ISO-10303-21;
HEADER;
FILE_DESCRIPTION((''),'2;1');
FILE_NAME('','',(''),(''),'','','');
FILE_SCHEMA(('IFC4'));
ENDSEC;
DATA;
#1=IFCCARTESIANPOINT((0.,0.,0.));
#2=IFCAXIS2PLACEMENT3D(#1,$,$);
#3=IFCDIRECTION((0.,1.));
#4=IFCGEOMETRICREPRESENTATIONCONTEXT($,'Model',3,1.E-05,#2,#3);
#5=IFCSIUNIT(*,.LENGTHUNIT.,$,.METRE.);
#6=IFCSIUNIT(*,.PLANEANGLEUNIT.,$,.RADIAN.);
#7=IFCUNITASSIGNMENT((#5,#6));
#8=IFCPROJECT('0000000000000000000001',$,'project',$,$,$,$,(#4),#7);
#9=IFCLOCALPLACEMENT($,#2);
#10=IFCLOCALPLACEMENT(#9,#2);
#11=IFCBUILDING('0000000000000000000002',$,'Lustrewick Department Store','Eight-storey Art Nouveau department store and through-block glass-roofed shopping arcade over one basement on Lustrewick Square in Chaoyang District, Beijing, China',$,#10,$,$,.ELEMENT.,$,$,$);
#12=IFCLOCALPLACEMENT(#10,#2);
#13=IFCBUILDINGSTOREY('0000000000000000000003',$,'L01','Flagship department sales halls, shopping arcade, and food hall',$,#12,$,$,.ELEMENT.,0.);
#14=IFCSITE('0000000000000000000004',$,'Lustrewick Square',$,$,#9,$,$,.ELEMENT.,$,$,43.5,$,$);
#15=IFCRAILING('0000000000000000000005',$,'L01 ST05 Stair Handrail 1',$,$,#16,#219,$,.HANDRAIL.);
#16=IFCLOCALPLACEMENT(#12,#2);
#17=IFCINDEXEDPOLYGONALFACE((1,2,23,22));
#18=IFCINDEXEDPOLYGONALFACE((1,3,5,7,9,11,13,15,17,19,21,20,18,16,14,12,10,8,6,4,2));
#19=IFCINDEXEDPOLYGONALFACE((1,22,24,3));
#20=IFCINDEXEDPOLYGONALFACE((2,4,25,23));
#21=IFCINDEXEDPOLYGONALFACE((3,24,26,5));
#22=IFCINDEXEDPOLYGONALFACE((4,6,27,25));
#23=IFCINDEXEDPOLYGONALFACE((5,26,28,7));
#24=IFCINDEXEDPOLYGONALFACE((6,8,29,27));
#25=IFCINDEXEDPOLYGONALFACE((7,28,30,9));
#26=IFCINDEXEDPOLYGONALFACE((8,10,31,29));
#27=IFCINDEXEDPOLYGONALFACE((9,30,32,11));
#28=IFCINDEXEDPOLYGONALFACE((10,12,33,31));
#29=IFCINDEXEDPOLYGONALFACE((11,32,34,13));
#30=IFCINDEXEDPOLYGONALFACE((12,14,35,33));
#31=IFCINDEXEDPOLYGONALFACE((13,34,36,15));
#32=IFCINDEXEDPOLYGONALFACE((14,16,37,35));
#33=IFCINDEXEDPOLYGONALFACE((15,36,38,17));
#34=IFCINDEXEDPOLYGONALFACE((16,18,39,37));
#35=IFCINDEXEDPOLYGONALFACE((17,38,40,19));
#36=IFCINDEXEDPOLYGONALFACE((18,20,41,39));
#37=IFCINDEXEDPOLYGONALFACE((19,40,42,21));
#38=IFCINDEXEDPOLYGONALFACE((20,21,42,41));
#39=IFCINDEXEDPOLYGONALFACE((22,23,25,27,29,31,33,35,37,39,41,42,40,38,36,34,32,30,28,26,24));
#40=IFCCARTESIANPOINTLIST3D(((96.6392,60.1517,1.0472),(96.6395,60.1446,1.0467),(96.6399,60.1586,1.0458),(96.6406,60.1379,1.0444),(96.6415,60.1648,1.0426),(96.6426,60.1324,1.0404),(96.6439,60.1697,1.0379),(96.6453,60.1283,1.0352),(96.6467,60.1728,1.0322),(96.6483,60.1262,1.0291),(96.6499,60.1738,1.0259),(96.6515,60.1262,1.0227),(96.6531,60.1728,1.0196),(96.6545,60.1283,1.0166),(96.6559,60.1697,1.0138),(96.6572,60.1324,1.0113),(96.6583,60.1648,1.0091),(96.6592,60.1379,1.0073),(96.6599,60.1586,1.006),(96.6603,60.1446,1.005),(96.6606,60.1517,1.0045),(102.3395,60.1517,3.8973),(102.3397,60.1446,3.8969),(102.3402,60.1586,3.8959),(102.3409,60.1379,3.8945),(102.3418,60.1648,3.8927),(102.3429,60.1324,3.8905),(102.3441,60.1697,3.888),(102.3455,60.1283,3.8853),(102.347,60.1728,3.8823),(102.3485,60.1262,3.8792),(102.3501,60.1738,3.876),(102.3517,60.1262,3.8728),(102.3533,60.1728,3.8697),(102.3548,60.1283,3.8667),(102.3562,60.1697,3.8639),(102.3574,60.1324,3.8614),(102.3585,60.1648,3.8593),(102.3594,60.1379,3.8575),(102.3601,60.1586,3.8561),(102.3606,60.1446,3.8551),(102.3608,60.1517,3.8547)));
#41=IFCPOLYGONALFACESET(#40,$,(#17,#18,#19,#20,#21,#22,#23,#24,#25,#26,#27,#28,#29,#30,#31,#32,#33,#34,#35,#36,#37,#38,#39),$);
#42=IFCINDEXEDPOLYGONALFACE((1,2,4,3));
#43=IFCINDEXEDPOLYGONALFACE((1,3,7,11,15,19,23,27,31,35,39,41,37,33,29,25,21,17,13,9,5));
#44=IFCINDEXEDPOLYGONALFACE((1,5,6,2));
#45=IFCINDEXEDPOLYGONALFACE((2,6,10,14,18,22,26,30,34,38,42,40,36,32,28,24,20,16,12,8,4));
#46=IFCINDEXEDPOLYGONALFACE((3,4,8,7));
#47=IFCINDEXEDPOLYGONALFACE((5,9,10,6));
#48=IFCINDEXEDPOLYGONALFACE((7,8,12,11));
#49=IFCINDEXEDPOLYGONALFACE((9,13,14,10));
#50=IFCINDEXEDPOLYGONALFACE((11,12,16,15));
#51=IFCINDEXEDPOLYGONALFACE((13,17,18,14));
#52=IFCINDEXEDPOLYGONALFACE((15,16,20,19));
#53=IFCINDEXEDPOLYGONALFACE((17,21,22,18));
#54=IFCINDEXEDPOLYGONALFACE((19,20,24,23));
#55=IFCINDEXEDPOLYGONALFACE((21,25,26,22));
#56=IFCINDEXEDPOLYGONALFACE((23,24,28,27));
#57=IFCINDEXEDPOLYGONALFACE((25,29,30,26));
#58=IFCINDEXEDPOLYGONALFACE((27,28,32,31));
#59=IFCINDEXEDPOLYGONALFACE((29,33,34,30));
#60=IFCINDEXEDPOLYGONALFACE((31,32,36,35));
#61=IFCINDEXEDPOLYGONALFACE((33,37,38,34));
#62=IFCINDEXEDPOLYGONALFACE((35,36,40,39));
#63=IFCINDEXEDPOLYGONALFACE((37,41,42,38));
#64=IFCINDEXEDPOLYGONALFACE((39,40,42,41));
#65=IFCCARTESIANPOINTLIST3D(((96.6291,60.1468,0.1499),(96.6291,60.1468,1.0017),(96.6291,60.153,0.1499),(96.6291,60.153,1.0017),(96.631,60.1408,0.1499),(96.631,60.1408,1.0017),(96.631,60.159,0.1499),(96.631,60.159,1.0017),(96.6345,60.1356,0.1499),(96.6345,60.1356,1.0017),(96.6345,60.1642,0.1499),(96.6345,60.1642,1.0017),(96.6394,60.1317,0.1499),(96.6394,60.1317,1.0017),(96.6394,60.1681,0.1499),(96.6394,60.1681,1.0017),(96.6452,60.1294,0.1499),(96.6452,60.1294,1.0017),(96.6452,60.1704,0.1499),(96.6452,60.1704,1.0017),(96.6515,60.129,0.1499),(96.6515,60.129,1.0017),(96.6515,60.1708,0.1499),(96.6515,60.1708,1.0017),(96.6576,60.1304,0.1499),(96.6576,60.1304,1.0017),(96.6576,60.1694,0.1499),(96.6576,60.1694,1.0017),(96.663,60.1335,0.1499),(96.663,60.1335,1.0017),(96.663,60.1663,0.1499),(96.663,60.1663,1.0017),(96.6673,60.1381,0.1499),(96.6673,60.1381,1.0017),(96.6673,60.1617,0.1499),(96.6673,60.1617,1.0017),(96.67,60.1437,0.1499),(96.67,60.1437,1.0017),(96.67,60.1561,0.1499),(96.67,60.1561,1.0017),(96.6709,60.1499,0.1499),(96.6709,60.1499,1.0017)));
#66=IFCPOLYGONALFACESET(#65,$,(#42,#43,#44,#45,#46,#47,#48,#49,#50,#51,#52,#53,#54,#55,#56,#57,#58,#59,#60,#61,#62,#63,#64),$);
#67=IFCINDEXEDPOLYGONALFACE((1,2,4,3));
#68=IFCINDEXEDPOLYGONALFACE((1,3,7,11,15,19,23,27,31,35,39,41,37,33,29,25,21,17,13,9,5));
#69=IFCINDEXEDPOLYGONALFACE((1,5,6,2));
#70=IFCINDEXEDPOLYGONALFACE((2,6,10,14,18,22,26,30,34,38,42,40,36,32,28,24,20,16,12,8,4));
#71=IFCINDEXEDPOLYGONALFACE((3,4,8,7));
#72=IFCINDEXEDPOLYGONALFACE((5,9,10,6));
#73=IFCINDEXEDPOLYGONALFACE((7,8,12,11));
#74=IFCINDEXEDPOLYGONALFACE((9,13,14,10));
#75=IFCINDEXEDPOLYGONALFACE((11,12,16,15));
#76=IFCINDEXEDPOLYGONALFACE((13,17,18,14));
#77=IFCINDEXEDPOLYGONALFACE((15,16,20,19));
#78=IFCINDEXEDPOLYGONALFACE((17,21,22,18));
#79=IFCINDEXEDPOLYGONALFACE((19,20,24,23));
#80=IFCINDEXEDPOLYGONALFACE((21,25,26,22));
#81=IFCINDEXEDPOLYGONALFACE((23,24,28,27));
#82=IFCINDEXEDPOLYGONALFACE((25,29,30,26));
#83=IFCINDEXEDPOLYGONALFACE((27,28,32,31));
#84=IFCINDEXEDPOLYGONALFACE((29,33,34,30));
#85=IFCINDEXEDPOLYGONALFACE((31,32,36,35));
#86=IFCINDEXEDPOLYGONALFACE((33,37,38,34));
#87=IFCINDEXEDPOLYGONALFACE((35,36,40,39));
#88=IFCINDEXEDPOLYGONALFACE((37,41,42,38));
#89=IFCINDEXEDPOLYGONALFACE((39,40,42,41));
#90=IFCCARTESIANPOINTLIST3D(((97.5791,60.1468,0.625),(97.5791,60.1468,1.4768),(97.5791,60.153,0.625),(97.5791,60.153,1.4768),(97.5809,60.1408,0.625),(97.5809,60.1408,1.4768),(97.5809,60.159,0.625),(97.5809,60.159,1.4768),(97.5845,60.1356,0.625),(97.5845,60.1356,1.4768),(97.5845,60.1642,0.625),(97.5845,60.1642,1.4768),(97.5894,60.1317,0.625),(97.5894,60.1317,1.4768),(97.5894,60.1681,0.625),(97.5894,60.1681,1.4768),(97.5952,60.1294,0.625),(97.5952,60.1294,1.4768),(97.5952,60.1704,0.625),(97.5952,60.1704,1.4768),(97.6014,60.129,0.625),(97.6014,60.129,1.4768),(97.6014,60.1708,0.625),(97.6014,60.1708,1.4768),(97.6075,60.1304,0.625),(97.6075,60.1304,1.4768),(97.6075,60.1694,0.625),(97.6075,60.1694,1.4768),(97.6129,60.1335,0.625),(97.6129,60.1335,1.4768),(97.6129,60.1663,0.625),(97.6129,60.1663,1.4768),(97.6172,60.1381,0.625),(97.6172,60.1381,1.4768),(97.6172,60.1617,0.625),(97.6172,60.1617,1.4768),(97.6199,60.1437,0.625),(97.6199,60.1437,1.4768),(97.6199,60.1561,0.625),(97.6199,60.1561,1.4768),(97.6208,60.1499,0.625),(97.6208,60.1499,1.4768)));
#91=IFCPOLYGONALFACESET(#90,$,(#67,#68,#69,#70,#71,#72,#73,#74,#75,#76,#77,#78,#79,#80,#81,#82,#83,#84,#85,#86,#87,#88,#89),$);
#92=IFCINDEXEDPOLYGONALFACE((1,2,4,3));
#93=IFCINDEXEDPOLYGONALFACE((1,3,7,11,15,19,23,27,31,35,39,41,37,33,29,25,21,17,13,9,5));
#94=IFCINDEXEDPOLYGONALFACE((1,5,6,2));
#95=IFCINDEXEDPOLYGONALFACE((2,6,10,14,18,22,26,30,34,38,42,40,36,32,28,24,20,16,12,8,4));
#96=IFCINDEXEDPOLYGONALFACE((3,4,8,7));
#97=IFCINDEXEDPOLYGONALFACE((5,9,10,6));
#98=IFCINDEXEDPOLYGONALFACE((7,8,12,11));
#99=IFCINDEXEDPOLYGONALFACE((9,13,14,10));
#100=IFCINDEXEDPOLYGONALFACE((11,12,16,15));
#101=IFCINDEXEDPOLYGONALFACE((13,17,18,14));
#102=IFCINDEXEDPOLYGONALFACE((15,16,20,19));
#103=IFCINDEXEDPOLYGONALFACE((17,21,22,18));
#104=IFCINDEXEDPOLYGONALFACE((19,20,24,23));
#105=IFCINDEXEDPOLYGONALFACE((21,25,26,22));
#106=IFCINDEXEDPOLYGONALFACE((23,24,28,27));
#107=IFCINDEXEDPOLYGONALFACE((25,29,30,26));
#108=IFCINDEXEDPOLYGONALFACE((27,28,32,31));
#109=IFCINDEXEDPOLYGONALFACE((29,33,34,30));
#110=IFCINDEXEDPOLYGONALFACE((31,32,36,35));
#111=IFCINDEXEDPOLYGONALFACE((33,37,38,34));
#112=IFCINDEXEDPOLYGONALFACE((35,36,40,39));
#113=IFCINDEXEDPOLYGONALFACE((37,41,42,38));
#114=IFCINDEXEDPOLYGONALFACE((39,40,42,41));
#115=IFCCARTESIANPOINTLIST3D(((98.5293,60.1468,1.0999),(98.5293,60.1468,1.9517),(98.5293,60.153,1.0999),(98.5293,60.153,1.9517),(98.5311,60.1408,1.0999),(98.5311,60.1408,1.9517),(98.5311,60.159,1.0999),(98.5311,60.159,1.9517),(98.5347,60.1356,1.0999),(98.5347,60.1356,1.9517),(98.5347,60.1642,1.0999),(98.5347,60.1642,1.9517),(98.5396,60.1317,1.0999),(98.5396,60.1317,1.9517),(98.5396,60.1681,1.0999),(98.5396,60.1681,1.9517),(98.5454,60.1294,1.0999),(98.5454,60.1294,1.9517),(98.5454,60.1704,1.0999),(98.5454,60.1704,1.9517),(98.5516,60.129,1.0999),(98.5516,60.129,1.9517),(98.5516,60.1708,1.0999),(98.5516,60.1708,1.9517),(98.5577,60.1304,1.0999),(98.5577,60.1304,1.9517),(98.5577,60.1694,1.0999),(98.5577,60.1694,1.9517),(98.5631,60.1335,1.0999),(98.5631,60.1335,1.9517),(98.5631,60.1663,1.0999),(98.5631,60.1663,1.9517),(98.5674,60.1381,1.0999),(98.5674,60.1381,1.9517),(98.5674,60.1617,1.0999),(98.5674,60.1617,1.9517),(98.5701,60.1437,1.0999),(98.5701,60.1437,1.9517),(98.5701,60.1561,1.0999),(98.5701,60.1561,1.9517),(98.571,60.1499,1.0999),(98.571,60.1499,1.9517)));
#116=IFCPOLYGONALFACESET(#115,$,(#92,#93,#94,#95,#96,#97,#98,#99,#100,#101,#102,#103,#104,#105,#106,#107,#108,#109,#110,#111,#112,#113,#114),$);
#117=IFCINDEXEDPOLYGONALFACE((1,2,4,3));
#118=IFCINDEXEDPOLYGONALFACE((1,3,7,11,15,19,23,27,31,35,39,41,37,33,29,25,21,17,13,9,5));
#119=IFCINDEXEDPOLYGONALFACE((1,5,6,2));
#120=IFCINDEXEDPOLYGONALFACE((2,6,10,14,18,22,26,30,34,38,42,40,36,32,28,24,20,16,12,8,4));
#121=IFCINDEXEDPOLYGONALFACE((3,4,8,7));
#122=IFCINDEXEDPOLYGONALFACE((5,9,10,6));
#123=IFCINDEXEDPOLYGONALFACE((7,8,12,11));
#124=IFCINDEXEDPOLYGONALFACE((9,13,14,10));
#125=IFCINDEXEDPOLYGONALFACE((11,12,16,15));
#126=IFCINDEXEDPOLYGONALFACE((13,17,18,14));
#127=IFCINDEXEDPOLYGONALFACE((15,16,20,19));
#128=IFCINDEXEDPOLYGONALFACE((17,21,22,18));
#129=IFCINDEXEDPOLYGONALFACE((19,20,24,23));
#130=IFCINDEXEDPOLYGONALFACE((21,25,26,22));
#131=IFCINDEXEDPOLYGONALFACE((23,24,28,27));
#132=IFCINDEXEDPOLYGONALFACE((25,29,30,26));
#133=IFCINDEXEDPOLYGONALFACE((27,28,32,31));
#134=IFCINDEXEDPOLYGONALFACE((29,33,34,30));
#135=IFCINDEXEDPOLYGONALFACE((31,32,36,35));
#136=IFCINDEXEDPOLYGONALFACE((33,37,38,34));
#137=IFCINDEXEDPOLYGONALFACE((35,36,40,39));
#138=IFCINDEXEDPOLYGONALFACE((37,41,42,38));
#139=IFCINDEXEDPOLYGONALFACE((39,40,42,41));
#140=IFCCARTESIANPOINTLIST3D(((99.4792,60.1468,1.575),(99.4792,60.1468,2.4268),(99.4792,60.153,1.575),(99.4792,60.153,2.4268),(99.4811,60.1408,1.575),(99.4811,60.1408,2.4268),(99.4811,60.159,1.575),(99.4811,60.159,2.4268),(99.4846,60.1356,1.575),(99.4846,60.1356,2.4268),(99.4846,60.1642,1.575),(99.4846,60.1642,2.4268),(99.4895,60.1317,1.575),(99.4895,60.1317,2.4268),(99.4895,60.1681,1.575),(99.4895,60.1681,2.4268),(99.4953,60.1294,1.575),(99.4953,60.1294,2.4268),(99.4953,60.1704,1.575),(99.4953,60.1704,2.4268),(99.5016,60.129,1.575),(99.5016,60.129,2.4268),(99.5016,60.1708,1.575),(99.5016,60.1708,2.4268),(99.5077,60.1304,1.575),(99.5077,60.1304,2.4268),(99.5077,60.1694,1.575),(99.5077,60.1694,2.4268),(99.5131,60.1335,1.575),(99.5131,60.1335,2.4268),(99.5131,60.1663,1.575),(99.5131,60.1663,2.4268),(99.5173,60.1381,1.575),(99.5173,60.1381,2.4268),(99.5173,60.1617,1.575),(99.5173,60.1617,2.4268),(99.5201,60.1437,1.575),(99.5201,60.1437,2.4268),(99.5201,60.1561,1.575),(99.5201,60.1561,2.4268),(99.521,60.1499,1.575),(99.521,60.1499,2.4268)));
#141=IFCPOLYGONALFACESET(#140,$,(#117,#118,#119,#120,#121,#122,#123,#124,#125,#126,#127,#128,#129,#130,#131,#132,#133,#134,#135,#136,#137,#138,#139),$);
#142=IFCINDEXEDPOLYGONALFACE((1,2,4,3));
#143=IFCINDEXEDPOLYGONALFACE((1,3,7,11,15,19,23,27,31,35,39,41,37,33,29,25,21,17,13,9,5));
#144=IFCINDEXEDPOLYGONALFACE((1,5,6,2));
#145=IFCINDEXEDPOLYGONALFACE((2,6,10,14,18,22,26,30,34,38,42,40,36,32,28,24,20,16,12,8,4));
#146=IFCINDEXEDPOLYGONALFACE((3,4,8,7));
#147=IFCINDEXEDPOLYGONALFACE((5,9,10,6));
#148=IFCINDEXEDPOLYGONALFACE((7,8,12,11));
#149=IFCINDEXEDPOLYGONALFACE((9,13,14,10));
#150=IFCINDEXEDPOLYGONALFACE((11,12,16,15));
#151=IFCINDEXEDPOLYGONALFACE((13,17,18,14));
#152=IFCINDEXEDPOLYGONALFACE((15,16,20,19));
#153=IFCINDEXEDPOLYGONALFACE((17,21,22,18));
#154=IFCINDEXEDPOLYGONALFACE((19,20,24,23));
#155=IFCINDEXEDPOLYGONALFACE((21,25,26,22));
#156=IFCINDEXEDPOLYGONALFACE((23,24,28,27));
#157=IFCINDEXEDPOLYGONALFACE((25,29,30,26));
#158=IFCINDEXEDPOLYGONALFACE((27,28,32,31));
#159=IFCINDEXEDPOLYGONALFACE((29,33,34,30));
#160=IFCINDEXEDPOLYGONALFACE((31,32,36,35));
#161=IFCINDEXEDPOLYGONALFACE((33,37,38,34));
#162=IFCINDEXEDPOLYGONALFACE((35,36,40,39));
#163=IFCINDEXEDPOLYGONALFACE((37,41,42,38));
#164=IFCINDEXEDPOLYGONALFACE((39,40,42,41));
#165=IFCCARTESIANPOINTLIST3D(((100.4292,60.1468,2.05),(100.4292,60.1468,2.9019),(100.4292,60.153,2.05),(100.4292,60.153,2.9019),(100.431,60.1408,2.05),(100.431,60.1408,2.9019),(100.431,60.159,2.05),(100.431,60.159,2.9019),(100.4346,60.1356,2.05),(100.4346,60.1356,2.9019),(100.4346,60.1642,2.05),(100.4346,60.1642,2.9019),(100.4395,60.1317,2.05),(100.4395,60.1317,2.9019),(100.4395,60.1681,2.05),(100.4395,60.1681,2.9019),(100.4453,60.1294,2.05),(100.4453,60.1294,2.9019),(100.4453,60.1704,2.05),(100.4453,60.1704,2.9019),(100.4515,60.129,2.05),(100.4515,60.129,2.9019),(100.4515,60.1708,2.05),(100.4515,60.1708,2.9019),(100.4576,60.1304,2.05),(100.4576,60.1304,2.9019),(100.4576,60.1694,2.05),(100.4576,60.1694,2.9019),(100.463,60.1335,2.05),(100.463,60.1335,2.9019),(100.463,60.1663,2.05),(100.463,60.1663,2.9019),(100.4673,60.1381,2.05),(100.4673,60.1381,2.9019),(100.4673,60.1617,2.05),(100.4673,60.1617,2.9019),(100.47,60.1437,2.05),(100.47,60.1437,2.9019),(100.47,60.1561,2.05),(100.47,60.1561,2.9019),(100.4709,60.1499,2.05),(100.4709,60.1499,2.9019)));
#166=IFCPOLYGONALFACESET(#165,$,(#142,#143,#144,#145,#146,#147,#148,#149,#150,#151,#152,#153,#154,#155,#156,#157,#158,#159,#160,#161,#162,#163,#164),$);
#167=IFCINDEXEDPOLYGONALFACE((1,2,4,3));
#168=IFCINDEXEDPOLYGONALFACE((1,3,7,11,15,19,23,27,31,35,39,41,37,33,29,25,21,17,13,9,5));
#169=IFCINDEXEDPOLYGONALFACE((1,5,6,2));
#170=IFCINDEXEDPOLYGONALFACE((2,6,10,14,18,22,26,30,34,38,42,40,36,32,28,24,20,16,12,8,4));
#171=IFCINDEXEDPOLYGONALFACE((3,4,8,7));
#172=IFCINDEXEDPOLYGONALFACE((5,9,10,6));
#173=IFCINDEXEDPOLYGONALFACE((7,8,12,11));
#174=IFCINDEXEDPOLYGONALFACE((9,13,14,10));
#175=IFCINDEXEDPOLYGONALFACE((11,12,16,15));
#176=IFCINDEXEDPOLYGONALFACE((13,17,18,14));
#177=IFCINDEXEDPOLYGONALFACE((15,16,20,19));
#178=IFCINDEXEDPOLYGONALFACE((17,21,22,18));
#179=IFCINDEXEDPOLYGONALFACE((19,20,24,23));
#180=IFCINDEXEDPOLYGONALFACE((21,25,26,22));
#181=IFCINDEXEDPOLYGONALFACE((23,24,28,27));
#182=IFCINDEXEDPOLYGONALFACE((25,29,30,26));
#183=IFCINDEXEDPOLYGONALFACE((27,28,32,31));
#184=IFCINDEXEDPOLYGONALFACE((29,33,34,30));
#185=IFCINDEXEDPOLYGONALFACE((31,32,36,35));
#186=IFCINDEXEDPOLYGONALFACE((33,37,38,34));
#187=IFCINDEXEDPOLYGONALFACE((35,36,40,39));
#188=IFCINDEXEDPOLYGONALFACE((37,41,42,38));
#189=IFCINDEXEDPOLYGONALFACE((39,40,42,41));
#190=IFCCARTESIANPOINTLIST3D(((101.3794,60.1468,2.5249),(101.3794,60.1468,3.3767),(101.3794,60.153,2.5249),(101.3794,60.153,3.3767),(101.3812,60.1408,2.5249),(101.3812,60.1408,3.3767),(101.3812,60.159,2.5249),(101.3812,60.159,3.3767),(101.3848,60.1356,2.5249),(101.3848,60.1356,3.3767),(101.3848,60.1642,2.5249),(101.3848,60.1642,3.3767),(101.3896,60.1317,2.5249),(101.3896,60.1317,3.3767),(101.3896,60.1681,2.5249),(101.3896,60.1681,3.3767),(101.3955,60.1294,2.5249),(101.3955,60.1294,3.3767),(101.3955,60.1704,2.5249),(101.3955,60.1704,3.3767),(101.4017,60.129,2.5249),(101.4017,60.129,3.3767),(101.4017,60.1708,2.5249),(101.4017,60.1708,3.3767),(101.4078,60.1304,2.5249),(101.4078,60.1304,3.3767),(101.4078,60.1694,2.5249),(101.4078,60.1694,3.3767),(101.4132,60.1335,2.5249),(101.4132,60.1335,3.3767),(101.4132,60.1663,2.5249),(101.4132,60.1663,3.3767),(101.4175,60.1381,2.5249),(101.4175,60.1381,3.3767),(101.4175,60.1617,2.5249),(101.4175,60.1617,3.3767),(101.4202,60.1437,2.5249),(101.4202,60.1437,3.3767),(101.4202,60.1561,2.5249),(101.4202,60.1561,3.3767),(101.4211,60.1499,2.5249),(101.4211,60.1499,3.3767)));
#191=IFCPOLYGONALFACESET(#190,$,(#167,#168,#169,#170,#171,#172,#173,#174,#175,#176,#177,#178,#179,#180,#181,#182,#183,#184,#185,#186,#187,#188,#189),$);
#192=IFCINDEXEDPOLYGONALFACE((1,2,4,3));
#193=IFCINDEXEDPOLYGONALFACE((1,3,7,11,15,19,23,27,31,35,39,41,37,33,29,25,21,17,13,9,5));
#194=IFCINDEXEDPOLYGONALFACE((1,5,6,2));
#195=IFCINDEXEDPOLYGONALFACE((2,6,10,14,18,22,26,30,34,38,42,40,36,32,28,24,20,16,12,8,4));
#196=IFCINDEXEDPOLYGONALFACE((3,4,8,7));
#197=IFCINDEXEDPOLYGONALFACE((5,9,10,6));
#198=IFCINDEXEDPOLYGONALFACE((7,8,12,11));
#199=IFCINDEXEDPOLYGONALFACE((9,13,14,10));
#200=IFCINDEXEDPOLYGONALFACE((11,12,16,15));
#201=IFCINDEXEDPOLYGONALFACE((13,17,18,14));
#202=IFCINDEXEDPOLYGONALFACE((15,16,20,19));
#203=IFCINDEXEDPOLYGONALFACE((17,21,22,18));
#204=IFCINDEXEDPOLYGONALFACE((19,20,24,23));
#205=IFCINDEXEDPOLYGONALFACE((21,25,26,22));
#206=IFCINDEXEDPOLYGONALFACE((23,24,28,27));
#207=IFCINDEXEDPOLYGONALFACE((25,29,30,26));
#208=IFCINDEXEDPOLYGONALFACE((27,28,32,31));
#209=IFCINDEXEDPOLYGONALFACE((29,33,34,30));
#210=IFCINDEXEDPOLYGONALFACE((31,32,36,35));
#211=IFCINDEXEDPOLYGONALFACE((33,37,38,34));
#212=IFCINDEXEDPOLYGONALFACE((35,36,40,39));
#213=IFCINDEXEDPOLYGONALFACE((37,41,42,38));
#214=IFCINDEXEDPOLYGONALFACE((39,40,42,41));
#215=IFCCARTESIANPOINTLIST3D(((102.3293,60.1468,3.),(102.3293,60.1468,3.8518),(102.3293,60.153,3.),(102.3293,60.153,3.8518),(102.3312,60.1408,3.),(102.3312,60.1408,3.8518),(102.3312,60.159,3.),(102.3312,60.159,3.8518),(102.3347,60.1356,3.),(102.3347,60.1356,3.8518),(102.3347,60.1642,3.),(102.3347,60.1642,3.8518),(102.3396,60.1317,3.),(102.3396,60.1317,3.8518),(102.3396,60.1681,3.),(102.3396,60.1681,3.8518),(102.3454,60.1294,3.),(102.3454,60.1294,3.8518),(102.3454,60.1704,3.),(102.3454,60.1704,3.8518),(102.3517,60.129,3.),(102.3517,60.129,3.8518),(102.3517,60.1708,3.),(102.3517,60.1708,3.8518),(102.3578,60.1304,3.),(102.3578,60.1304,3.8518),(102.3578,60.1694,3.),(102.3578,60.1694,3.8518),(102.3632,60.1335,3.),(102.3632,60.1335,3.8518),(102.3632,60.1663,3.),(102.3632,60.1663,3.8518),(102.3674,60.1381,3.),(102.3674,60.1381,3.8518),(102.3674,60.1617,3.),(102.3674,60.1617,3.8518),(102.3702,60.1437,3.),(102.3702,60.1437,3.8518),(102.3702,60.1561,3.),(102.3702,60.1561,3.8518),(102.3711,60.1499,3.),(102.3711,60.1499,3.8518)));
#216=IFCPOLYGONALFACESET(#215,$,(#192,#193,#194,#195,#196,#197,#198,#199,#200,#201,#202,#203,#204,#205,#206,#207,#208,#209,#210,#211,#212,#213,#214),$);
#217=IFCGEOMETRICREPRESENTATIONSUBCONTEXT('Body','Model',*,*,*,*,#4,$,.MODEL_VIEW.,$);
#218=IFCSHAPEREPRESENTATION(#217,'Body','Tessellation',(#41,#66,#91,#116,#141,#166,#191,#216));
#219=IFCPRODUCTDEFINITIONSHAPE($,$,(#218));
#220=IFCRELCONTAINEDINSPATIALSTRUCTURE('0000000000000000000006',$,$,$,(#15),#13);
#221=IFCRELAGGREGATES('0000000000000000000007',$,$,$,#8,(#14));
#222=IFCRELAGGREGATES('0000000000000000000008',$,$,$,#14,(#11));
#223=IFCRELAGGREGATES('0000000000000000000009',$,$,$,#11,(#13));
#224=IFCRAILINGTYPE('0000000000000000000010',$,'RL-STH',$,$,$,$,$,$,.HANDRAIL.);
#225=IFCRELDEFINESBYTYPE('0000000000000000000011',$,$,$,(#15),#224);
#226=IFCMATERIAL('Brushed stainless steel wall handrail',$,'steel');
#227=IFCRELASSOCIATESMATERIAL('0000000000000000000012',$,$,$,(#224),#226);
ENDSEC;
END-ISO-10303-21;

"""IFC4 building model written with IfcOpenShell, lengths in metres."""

from ifc_helpers import new_model, si_unit, direction, frame, origin, origin_2d, place, context, subcontext, project, spatial, circle, extrude, material, type_object, element, save


model = new_model("IFC4")

# Units and contexts
model_context = context("Model", 3, precision=1e-05, world=origin(), true_north=direction((0.0, 1.0)))
body_context = subcontext(model_context, "Body", "Model", "MODEL_VIEW")
ifc_project = project(units=[si_unit("LENGTHUNIT", "METRE"), si_unit("PLANEANGLEUNIT", "RADIAN")], contexts=[model_context])

# Site, building, storey
site_placement = place(None, origin())
site = spatial("IfcSite", under=ifc_project, at=site_placement, Name="Lustrewick Square", CompositionType="ELEMENT", RefElevation=43.5)
building_placement = place(site_placement, origin())
building = spatial("IfcBuilding", under=site, at=building_placement, Name="Lustrewick Department Store", Description="Eight-storey Art Nouveau department store and through-block glass-roofed shopping arcade over one basement on Lustrewick Square in Chaoyang District, Beijing, China", CompositionType="ELEMENT")
storey_placement = place(building_placement, origin())
storey = spatial("IfcBuildingStorey", under=building, at=storey_placement, Name="L01", Description="Flagship department sales halls, shopping arcade, and food hall", CompositionType="ELEMENT", Elevation=0.0)

# Railing
ifc_material_1 = material(Name="Brushed stainless steel wall handrail", Category="steel")
railing_type_1 = type_object("IfcRailingType", Name="RL-STH", PredefinedType="HANDRAIL", material=ifc_material_1)
railing_1_placement = place(storey_placement, frame((96.6499, 60.1499, 0.1499)))
element("IfcRailing", 1, at=railing_1_placement, inside=storey, type_object=railing_type_1, Name="L01 ST05 Stair Handrail 1", PredefinedType="HANDRAIL", context=body_context, shape_type="SweptSolid", body=[
    extrude(circle(Radius=0.0239, at=origin_2d()), frame((0.0, 0.0, 0.876), z_axis=(0.894427, 0.0, 0.447214), x_axis=(0.0, 1.0, 0.0)), (0.0, 0.0, 1.0), 6.373),
    extrude(circle(Radius=0.021, at=origin_2d()), origin(), (0.0, 0.0, 1.0), 0.8518),
    extrude(circle(Radius=0.021, at=origin_2d()), frame((0.95, 0.0, 0.4751)), (0.0, 0.0, 1.0), 0.8518),
    extrude(circle(Radius=0.021, at=origin_2d()), frame((1.9001, 0.0, 0.95)), (0.0, 0.0, 1.0), 0.8518),
    extrude(circle(Radius=0.021, at=origin_2d()), frame((2.8501, 0.0, 1.425)), (0.0, 0.0, 1.0), 0.8518),
    extrude(circle(Radius=0.021, at=origin_2d()), frame((3.8, 0.0, 1.9001)), (0.0, 0.0, 1.0), 0.8518),
    extrude(circle(Radius=0.021, at=origin_2d()), frame((4.7502, 0.0, 2.375)), (0.0, 0.0, 1.0), 0.8518),
    extrude(circle(Radius=0.021, at=origin_2d()), frame((5.7002, 0.0, 2.8501)), (0.0, 0.0, 1.0), 0.8518),
])

save(model, "model.ifc")
